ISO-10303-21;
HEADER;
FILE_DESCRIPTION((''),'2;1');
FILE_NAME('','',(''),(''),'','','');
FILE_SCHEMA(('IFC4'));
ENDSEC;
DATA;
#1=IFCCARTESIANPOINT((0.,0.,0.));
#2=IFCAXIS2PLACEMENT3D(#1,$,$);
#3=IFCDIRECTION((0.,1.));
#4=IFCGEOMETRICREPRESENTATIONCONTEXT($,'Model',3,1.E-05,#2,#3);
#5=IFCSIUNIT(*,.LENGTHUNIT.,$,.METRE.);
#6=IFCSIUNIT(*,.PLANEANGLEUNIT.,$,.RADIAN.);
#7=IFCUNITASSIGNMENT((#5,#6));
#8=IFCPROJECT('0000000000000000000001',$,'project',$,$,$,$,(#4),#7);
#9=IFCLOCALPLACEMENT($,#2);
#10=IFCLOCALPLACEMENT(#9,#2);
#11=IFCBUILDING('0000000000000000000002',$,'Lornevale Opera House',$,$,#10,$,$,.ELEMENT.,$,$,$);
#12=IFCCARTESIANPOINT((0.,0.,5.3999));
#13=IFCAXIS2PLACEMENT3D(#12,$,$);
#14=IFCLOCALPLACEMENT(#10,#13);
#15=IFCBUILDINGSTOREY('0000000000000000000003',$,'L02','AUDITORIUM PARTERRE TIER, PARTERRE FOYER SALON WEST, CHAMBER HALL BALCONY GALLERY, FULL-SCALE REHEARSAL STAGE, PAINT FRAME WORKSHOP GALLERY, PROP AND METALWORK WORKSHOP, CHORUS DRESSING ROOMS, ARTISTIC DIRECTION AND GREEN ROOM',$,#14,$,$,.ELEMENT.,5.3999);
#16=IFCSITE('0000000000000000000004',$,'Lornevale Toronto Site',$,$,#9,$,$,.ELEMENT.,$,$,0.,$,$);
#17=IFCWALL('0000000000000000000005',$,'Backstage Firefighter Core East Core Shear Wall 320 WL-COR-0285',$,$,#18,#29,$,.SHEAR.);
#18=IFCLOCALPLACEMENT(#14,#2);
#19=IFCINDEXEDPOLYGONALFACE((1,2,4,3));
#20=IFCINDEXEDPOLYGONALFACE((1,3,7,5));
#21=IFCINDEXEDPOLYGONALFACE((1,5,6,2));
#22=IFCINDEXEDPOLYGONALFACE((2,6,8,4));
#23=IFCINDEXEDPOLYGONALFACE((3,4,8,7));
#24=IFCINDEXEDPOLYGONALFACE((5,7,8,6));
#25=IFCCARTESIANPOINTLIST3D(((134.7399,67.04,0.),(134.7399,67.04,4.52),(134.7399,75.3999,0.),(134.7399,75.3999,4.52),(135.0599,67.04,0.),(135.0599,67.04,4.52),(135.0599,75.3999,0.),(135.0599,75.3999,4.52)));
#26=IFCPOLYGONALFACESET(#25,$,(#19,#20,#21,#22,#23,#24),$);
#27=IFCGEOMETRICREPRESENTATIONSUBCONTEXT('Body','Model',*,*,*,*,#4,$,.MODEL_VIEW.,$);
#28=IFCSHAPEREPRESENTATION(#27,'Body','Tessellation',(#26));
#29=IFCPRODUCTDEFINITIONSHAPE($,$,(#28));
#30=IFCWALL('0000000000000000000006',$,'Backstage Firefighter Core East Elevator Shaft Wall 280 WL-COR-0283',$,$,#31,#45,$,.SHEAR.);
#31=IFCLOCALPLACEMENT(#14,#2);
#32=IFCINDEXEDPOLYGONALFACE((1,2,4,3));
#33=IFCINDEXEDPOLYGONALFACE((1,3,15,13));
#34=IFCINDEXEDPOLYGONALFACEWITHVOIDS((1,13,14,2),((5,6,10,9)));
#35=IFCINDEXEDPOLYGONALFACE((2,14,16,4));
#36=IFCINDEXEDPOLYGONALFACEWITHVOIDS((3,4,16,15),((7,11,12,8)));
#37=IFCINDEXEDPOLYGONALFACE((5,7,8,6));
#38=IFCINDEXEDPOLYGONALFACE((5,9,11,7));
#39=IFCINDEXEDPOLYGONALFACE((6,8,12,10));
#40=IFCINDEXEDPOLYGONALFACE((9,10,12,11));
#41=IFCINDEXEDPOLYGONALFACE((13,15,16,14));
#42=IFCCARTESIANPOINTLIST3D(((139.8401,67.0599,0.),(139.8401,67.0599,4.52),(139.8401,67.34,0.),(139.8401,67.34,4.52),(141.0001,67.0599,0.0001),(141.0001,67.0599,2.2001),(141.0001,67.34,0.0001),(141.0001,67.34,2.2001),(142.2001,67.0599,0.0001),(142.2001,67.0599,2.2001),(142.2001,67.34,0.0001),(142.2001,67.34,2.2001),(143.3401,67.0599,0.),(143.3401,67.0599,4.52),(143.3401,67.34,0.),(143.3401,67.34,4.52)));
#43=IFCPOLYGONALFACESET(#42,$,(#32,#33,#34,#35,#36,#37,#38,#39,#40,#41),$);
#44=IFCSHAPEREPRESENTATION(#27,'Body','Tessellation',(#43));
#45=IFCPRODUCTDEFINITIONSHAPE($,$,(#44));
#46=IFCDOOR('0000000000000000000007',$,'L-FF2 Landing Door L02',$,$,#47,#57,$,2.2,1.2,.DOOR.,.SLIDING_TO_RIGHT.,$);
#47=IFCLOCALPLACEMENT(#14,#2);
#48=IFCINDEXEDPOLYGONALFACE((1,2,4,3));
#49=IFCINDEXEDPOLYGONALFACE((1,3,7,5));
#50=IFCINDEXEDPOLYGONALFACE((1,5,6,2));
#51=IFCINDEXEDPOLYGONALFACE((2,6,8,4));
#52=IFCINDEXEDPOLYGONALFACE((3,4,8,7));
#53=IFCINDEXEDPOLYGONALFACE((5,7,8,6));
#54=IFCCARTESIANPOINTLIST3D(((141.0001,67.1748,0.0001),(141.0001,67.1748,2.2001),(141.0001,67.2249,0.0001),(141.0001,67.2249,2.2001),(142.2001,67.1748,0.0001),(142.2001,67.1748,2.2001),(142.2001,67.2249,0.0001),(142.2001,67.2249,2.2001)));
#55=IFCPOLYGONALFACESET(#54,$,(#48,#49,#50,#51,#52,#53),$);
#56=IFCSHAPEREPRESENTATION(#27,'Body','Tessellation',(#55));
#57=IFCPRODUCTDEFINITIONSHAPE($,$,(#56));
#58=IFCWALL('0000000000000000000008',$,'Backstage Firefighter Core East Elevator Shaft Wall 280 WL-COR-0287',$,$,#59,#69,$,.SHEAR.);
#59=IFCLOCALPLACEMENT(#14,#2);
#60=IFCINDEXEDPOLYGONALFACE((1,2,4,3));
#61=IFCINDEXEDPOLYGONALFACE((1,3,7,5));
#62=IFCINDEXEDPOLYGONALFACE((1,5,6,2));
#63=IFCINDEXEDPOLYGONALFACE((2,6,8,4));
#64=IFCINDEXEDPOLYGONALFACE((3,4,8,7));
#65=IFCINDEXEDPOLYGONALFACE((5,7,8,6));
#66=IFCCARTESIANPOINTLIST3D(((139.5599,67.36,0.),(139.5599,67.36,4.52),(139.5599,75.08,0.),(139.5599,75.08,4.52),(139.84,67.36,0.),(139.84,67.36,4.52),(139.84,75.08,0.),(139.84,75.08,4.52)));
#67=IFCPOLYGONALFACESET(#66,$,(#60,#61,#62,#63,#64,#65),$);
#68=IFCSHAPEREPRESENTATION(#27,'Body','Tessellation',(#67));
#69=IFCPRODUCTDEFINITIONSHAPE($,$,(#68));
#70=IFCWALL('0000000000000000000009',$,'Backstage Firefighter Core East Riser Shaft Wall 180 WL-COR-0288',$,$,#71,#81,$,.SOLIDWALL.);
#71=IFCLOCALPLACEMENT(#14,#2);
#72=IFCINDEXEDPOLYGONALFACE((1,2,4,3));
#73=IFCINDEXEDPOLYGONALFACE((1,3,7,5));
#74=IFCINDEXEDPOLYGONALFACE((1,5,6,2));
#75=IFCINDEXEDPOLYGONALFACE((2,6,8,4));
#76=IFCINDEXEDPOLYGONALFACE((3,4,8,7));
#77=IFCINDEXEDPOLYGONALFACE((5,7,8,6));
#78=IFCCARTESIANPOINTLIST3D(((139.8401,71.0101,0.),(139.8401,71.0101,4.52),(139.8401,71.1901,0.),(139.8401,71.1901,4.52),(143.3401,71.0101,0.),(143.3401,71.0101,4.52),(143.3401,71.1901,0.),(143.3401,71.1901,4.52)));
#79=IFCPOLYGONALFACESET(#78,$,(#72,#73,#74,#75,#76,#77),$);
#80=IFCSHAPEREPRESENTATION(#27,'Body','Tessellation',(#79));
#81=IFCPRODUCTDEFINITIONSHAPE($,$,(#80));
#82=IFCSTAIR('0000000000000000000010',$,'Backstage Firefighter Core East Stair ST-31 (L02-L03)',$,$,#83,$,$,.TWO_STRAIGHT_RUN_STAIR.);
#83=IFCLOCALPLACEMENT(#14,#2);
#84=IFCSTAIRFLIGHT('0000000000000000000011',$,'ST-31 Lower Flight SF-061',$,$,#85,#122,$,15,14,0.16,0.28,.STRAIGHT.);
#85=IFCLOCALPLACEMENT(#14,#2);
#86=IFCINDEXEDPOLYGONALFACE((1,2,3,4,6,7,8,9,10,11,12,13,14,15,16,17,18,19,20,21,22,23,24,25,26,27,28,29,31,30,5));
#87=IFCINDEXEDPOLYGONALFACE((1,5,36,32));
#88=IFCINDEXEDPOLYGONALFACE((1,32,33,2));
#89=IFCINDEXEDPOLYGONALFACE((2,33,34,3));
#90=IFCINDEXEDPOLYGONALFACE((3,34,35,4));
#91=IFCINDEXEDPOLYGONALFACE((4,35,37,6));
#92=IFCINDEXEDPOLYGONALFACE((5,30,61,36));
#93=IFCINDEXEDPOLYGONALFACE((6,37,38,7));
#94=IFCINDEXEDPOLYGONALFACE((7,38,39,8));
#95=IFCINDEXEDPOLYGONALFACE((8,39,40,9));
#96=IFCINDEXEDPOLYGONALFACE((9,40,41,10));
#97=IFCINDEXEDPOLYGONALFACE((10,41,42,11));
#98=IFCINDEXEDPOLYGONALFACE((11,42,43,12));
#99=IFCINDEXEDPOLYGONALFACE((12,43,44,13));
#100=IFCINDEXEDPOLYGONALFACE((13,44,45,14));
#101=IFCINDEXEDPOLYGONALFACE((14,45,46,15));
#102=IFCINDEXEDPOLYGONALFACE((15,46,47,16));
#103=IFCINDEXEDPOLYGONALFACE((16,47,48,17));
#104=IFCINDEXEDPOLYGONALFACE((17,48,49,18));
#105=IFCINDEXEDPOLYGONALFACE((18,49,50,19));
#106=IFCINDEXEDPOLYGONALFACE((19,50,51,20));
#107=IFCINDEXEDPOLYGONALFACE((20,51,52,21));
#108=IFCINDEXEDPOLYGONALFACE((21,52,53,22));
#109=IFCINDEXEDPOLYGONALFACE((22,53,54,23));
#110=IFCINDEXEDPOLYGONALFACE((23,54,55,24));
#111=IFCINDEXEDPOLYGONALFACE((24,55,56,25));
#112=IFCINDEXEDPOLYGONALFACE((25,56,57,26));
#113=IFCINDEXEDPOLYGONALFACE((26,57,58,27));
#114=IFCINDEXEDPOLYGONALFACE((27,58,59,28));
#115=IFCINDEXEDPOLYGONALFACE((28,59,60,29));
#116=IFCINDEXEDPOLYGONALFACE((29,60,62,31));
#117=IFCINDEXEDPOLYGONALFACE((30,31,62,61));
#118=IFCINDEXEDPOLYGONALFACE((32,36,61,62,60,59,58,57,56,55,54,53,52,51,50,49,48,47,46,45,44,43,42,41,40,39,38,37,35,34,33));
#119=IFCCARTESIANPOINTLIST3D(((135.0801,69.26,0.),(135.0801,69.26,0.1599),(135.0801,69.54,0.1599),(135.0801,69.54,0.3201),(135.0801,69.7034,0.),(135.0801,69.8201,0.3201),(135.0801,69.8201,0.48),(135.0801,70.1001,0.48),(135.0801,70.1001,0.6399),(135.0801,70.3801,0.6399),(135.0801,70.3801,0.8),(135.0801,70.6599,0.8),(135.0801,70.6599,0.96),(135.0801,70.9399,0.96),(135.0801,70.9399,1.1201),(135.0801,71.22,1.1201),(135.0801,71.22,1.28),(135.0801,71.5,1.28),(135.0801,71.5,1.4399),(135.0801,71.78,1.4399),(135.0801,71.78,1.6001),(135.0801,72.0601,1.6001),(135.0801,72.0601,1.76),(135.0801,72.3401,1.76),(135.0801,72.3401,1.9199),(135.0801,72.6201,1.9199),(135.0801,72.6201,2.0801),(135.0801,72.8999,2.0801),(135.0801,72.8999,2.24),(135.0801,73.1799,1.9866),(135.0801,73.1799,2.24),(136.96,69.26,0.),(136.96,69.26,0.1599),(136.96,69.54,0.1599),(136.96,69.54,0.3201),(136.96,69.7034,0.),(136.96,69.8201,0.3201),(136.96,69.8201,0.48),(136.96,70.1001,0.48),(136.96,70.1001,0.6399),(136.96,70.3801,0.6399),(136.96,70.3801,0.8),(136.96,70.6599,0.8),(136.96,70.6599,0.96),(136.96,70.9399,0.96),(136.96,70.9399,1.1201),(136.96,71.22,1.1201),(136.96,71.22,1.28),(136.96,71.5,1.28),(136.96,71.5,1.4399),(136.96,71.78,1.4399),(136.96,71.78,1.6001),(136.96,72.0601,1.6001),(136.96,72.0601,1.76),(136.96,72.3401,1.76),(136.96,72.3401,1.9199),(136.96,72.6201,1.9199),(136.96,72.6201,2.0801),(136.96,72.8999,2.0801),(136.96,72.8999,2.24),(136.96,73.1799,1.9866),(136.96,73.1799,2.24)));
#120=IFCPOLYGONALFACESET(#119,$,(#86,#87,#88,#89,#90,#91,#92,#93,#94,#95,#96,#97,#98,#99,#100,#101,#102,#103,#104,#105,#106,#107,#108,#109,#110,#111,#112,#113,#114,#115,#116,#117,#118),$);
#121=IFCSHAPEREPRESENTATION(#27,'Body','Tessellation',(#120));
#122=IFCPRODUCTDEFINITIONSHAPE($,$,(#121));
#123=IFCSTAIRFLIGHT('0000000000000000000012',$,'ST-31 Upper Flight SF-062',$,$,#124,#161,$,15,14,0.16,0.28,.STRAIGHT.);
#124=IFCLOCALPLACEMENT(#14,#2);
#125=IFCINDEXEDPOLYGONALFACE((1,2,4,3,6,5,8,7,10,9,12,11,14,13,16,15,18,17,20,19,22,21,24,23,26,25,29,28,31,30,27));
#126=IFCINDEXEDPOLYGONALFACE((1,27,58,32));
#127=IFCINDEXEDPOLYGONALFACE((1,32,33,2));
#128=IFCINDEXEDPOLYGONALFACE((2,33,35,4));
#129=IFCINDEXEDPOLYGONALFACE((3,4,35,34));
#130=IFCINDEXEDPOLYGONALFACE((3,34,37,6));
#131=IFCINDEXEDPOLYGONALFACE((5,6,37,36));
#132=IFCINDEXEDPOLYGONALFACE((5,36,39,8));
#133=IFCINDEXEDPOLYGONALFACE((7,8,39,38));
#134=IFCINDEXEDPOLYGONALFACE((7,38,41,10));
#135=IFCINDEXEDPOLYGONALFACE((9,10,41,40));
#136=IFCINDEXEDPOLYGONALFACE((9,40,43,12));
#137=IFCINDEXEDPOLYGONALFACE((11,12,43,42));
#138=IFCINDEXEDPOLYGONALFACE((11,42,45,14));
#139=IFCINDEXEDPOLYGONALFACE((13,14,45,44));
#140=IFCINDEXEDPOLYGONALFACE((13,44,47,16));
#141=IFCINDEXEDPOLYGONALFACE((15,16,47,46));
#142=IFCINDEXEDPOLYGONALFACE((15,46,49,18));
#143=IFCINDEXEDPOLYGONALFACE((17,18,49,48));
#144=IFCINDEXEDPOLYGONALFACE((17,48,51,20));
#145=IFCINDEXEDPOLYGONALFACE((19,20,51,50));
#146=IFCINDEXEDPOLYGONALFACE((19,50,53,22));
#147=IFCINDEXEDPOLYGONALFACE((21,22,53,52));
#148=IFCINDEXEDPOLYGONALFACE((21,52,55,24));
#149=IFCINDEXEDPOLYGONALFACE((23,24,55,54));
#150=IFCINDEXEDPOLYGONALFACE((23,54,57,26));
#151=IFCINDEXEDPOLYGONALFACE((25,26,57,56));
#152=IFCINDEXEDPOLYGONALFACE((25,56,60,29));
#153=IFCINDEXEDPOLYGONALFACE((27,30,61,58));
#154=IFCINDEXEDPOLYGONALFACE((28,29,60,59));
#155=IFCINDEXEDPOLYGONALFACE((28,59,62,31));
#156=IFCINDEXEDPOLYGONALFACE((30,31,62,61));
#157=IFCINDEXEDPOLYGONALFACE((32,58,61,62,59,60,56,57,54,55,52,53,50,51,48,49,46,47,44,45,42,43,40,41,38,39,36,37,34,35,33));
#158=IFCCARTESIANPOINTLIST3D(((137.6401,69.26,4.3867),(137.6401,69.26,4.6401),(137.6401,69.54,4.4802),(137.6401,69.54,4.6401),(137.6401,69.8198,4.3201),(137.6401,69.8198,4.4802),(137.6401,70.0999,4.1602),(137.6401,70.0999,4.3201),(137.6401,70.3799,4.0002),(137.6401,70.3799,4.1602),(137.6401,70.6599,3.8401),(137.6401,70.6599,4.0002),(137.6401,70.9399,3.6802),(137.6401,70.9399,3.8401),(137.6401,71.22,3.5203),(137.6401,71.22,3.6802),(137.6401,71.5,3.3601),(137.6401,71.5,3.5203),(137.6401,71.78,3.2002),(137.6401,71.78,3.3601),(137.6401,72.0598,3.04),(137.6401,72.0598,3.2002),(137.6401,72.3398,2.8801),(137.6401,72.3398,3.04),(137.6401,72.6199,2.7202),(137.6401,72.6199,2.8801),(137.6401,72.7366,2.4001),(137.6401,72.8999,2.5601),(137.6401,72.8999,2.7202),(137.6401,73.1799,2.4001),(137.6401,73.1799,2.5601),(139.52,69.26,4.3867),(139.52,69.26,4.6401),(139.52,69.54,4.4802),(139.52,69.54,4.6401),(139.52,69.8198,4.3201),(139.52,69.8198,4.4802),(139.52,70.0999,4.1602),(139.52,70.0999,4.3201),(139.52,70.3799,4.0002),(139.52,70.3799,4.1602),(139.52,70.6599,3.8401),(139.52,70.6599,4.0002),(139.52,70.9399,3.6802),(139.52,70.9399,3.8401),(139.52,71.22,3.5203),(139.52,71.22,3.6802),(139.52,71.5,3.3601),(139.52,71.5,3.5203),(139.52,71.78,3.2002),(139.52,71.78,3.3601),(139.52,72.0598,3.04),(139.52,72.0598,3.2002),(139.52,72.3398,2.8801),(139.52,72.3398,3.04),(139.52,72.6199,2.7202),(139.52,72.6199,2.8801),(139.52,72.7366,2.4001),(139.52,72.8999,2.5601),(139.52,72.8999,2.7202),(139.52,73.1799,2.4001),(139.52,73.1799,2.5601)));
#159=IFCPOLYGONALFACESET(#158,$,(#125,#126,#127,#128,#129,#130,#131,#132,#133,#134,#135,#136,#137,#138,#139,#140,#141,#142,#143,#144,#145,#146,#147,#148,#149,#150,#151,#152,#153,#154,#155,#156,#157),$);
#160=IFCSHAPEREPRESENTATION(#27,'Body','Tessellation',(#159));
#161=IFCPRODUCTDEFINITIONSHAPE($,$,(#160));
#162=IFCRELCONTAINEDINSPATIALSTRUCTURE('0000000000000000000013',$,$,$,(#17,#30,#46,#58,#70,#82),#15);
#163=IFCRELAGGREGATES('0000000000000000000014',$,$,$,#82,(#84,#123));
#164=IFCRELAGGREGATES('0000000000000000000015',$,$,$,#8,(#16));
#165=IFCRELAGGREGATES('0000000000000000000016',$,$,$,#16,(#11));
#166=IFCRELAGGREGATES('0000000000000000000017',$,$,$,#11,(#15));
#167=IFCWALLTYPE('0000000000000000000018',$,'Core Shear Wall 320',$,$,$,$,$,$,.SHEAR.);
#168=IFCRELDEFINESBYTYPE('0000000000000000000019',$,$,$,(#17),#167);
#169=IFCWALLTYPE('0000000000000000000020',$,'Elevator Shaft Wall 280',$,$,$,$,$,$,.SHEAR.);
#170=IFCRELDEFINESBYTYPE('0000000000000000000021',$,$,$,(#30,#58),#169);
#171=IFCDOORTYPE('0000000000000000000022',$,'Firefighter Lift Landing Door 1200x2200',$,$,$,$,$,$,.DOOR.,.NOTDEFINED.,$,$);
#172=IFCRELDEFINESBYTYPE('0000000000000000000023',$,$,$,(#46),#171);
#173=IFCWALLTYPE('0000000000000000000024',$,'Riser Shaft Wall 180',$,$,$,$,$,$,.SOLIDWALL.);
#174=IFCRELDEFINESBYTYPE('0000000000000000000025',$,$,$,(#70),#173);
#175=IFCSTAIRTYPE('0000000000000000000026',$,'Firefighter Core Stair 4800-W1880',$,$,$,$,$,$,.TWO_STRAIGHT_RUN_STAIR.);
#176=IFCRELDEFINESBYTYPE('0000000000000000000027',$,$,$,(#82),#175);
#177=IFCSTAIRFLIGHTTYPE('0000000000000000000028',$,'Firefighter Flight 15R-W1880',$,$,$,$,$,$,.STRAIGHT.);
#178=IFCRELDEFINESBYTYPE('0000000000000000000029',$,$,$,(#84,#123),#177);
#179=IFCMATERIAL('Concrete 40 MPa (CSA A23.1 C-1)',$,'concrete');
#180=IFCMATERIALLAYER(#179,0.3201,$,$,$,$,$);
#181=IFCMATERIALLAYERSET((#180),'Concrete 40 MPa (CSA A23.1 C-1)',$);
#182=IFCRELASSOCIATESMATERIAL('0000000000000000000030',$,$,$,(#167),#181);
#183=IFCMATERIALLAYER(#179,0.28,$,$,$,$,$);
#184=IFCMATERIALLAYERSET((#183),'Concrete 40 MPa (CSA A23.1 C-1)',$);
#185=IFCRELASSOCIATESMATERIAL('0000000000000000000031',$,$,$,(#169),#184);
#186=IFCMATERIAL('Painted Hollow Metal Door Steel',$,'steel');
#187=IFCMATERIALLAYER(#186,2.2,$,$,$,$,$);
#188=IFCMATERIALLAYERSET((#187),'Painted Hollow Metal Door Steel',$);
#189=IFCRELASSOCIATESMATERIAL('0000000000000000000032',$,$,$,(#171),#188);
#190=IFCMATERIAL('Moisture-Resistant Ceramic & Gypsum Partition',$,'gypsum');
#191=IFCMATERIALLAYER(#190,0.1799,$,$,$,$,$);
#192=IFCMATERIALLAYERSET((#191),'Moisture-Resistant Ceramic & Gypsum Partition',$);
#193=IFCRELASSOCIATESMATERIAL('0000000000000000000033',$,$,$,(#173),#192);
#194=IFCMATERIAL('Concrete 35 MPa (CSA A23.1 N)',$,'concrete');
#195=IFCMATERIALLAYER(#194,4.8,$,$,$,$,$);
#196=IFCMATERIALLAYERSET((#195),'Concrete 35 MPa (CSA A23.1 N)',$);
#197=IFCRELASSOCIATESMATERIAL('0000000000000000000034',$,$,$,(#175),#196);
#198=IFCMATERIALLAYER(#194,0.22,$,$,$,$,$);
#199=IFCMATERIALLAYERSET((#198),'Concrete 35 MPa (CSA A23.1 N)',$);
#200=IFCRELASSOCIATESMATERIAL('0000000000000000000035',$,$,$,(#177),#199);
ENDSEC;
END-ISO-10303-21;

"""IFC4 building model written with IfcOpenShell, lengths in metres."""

from ifc_helpers import new_model, si_unit, direction, frame, frame_2d, origin, place, context, subcontext, project, spatial, polyline, rectangle, outline, extrude, material, layer, layer_set, type_object, element, fill, aggregate, save


model = new_model("IFC4")

# Units and contexts
model_context = context("Model", 3, precision=1e-05, world=origin(), true_north=direction((0.0, 1.0)))
body_context = subcontext(model_context, "Body", "Model", "MODEL_VIEW")
ifc_project = project(units=[si_unit("LENGTHUNIT", "METRE"), si_unit("PLANEANGLEUNIT", "RADIAN")], contexts=[model_context])

# Site, building, storey
site_placement = place(None, origin())
site = spatial("IfcSite", under=ifc_project, at=site_placement, Name="Lornevale Toronto Site", CompositionType="ELEMENT", RefElevation=0.0)
building_placement = place(site_placement, origin())
building = spatial("IfcBuilding", under=site, at=building_placement, Name="Lornevale Opera House", CompositionType="ELEMENT")
storey_placement = place(building_placement, frame((0.0, 0.0, 5.3999)))
storey = spatial("IfcBuildingStorey", under=building, at=storey_placement, Name="L02", Description="AUDITORIUM PARTERRE TIER, PARTERRE FOYER SALON WEST, CHAMBER HALL BALCONY GALLERY, FULL-SCALE REHEARSAL STAGE, PAINT FRAME WORKSHOP GALLERY, PROP AND METALWORK WORKSHOP, CHORUS DRESSING ROOMS, ARTISTIC DIRECTION AND GREEN ROOM", CompositionType="ELEMENT", Elevation=5.3999)

# Shared definitions
ifc_material_1 = material(Name="Concrete 40 MPa (CSA A23.1 C-1)", Category="concrete")

# Shared definitions
ifc_material_2 = material(Name="Concrete 35 MPa (CSA A23.1 N)", Category="concrete")

# Shared definitions
ifc_layer_1 = layer(ifc_material_1, 0.3201)
ifc_layer_set_1 = layer_set([ifc_layer_1], Name="Concrete 40 MPa (CSA A23.1 C-1)")
wall_type_1 = type_object("IfcWallType", Name="Core Shear Wall 320", PredefinedType="SHEAR", material=ifc_layer_set_1)
ifc_material_3 = material(Name="Painted Hollow Metal Door Steel", Category="steel")

# Wall
wall_1_placement = place(storey_placement, frame((134.8999, 75.3999, 0.0), z_axis=(0.0, 0.0, 1.0), x_axis=(0.0, -1.0, 0.0)))
element("IfcWall", 1, at=wall_1_placement, inside=storey, type_object=wall_type_1, Name="Backstage Firefighter Core East Core Shear Wall 320 WL-COR-0285", PredefinedType="SHEAR", context=body_context, shape_type="SweptSolid", body=[
    extrude(rectangle(XDim=8.3599, YDim=0.3201, at=frame_2d((4.1799, 0.0))), origin(), (0.0, 0.0, 1.0), 4.52),
])

# Wall, opening, door
ifc_layer_2 = layer(ifc_material_1, 0.28)
ifc_layer_set_2 = layer_set([ifc_layer_2], Name="Concrete 40 MPa (CSA A23.1 C-1)")
wall_type_2 = type_object("IfcWallType", Name="Elevator Shaft Wall 280", PredefinedType="SHEAR", material=ifc_layer_set_2)
wall_2_placement = place(storey_placement, frame((139.8401, 67.2, 0.0), z_axis=(0.0, 0.0, 1.0), x_axis=(1.0, 0.0, 0.0)))
wall_2 = element("IfcWall", 2, at=wall_2_placement, inside=storey, type_object=wall_type_2, Name="Backstage Firefighter Core East Elevator Shaft Wall 280 WL-COR-0283", PredefinedType="SHEAR", context=body_context, shape_type="SweptSolid", body=[
    extrude(rectangle(XDim=3.5, YDim=0.28, at=frame_2d((1.75, 0.0))), origin(), (0.0, 0.0, 1.0), 4.52),
])
opening_1_placement = place(wall_2_placement, frame((1.1599, 0.0, 0.0)))
opening_1 = element("IfcOpeningElement", 3, at=opening_1_placement, cuts=wall_2, PredefinedType="OPENING", context=body_context, shape_type="SweptSolid", body=[
    extrude(rectangle(XDim=1.2, YDim=2.2, at=frame_2d((0.6001, 1.1001))), frame((0.0, 0.1499, 0.0), z_axis=(0.0, -1.0, 0.0), x_axis=(1.0, 0.0, 0.0)), (0.0, 0.0, 1.0), 0.3),
])
ifc_layer_3 = layer(ifc_material_3, 2.2)
ifc_layer_set_3 = layer_set([ifc_layer_3], Name="Painted Hollow Metal Door Steel")
door_type_1 = type_object("IfcDoorType", Name="Firefighter Lift Landing Door 1200x2200", OperationType="NOTDEFINED", PredefinedType="DOOR", material=ifc_layer_set_3)
door_1_placement = place(opening_1_placement, origin())
door_1 = element("IfcDoor", 4, at=door_1_placement, inside=storey, type_object=door_type_1, Name="L-FF2 Landing Door L02", OperationType="SLIDING_TO_RIGHT", OverallHeight=2.2, OverallWidth=1.2, PredefinedType="DOOR", context=body_context, shape_type="SweptSolid", body=[
    extrude(rectangle(XDim=1.2, YDim=2.2, at=frame_2d((0.6001, 1.1001))), frame((0.0, 0.0249, 0.0), z_axis=(0.0, -1.0, 0.0), x_axis=(1.0, 0.0, 0.0)), (0.0, 0.0, 1.0), 0.05),
])
fill(opening_1, door_1)

# Walls
wall_3_placement = place(storey_placement, frame((139.7, 67.3601, 0.0), z_axis=(0.0, 0.0, 1.0), x_axis=(0.0, 1.0, 0.0)))
element("IfcWall", 5, at=wall_3_placement, inside=storey, type_object=wall_type_2, Name="Backstage Firefighter Core East Elevator Shaft Wall 280 WL-COR-0287", PredefinedType="SHEAR", context=body_context, shape_type="SweptSolid", body=[
    extrude(rectangle(XDim=7.72, YDim=0.28, at=frame_2d((3.8599, 0.0))), origin(), (0.0, 0.0, 1.0), 4.52),
])
ifc_material_4 = material(Name="Moisture-Resistant Ceramic & Gypsum Partition", Category="gypsum")
ifc_layer_4 = layer(ifc_material_4, 0.1799)
ifc_layer_set_4 = layer_set([ifc_layer_4], Name="Moisture-Resistant Ceramic & Gypsum Partition")
wall_type_3 = type_object("IfcWallType", Name="Riser Shaft Wall 180", PredefinedType="SOLIDWALL", material=ifc_layer_set_4)
wall_4_placement = place(storey_placement, frame((139.8401, 71.1001, 0.0), z_axis=(0.0, 0.0, 1.0), x_axis=(1.0, 0.0, 0.0)))
element("IfcWall", 6, at=wall_4_placement, inside=storey, type_object=wall_type_3, Name="Backstage Firefighter Core East Riser Shaft Wall 180 WL-COR-0288", PredefinedType="SOLIDWALL", context=body_context, shape_type="SweptSolid", body=[
    extrude(rectangle(XDim=3.5, YDim=0.1799, at=frame_2d((1.75, 0.0))), origin(), (0.0, 0.0, 1.0), 4.52),
])

# Stair, stair flights
ifc_layer_5 = layer(ifc_material_2, 4.8)
ifc_layer_set_5 = layer_set([ifc_layer_5], Name="Concrete 35 MPa (CSA A23.1 N)")
stair_type = type_object("IfcStairType", Name="Firefighter Core Stair 4800-W1880", PredefinedType="TWO_STRAIGHT_RUN_STAIR", material=ifc_layer_set_5)
stair_placement = place(storey_placement, origin())
stair = element("IfcStair", 7, at=stair_placement, inside=storey, type_object=stair_type, Name="Backstage Firefighter Core East Stair ST-31 (L02-L03)", PredefinedType="TWO_STRAIGHT_RUN_STAIR")
ifc_layer_6 = layer(ifc_material_2, 0.22)
ifc_layer_set_6 = layer_set([ifc_layer_6], Name="Concrete 35 MPa (CSA A23.1 N)")
stair_flight_type = type_object("IfcStairFlightType", Name="Firefighter Flight 15R-W1880", PredefinedType="STRAIGHT", material=ifc_layer_set_6)
stair_flight_1_placement = place(storey_placement, frame((136.02, 69.26, 0.0), z_axis=(0.0, 0.0, 1.0), x_axis=(0.0, 1.0, 0.0)))
stair_flight_1 = element("IfcStairFlight", 8, at=stair_flight_1_placement, type_object=stair_flight_type, Name="ST-31 Lower Flight SF-061", NumberOfRisers=15, NumberOfTreads=14, PredefinedType="STRAIGHT", RiserHeight=0.16, TreadLength=0.28, context=body_context, shape_type="SweptSolid", body=[
    extrude(outline(polyline([(0.0, 0.0), (0.0, 0.1599), (0.28, 0.1599), (0.28, 0.3201), (0.5601, 0.3201), (0.5601, 0.48), (0.8401, 0.48), (0.8401, 0.6399), (1.1201, 0.6399), (1.1201, 0.8), (1.3999, 0.8), (1.3999, 0.96), (1.6799, 0.96), (1.6799, 1.1201), (1.96, 1.1201), (1.96, 1.28), (2.24, 1.28), (2.24, 1.4399), (2.52, 1.4399), (2.52, 1.6001), (2.8, 1.6001), (2.8, 1.76), (3.0801, 1.76), (3.0801, 1.9199), (3.3601, 1.9199), (3.3601, 2.0801), (3.6399, 2.0801), (3.6399, 2.24), (3.9199, 2.24), (3.9199, 1.9866), (0.4434, 0.0), (0.0, 0.0)])), frame((0.0, 0.9399, 0.0), z_axis=(0.0, -1.0, 0.0), x_axis=(1.0, 0.0, 0.0)), (0.0, 0.0, 1.0), 1.8799),
])
stair_flight_2_placement = place(storey_placement, frame((138.5801, 73.1799, 2.4001), z_axis=(0.0, 0.0, 1.0), x_axis=(0.0, -1.0, 0.0)))
stair_flight_2 = element("IfcStairFlight", 9, at=stair_flight_2_placement, type_object=stair_flight_type, Name="ST-31 Upper Flight SF-062", NumberOfRisers=15, NumberOfTreads=14, PredefinedType="STRAIGHT", RiserHeight=0.16, TreadLength=0.28, context=body_context, shape_type="SweptSolid", body=[
    extrude(outline(polyline([(0.0, 0.0), (0.0, 0.1599), (0.28, 0.1599), (0.28, 0.3201), (0.5601, 0.3201), (0.5601, 0.48), (0.8401, 0.48), (0.8401, 0.6399), (1.1201, 0.6399), (1.1201, 0.8), (1.3999, 0.8), (1.3999, 0.96), (1.6799, 0.96), (1.6799, 1.1201), (1.96, 1.1201), (1.96, 1.28), (2.24, 1.28), (2.24, 1.4399), (2.52, 1.4399), (2.52, 1.6001), (2.8, 1.6001), (2.8, 1.76), (3.0801, 1.76), (3.0801, 1.9199), (3.3601, 1.9199), (3.3601, 2.0801), (3.6399, 2.0801), (3.6399, 2.24), (3.9199, 2.24), (3.9199, 1.9866), (0.4434, 0.0), (0.0, 0.0)])), frame((0.0, 0.9399, 0.0), z_axis=(0.0, -1.0, 0.0), x_axis=(1.0, 0.0, 0.0)), (0.0, 0.0, 1.0), 1.8799),
])
aggregate(stair, [stair_flight_1, stair_flight_2])

save(model, "model.ifc")
